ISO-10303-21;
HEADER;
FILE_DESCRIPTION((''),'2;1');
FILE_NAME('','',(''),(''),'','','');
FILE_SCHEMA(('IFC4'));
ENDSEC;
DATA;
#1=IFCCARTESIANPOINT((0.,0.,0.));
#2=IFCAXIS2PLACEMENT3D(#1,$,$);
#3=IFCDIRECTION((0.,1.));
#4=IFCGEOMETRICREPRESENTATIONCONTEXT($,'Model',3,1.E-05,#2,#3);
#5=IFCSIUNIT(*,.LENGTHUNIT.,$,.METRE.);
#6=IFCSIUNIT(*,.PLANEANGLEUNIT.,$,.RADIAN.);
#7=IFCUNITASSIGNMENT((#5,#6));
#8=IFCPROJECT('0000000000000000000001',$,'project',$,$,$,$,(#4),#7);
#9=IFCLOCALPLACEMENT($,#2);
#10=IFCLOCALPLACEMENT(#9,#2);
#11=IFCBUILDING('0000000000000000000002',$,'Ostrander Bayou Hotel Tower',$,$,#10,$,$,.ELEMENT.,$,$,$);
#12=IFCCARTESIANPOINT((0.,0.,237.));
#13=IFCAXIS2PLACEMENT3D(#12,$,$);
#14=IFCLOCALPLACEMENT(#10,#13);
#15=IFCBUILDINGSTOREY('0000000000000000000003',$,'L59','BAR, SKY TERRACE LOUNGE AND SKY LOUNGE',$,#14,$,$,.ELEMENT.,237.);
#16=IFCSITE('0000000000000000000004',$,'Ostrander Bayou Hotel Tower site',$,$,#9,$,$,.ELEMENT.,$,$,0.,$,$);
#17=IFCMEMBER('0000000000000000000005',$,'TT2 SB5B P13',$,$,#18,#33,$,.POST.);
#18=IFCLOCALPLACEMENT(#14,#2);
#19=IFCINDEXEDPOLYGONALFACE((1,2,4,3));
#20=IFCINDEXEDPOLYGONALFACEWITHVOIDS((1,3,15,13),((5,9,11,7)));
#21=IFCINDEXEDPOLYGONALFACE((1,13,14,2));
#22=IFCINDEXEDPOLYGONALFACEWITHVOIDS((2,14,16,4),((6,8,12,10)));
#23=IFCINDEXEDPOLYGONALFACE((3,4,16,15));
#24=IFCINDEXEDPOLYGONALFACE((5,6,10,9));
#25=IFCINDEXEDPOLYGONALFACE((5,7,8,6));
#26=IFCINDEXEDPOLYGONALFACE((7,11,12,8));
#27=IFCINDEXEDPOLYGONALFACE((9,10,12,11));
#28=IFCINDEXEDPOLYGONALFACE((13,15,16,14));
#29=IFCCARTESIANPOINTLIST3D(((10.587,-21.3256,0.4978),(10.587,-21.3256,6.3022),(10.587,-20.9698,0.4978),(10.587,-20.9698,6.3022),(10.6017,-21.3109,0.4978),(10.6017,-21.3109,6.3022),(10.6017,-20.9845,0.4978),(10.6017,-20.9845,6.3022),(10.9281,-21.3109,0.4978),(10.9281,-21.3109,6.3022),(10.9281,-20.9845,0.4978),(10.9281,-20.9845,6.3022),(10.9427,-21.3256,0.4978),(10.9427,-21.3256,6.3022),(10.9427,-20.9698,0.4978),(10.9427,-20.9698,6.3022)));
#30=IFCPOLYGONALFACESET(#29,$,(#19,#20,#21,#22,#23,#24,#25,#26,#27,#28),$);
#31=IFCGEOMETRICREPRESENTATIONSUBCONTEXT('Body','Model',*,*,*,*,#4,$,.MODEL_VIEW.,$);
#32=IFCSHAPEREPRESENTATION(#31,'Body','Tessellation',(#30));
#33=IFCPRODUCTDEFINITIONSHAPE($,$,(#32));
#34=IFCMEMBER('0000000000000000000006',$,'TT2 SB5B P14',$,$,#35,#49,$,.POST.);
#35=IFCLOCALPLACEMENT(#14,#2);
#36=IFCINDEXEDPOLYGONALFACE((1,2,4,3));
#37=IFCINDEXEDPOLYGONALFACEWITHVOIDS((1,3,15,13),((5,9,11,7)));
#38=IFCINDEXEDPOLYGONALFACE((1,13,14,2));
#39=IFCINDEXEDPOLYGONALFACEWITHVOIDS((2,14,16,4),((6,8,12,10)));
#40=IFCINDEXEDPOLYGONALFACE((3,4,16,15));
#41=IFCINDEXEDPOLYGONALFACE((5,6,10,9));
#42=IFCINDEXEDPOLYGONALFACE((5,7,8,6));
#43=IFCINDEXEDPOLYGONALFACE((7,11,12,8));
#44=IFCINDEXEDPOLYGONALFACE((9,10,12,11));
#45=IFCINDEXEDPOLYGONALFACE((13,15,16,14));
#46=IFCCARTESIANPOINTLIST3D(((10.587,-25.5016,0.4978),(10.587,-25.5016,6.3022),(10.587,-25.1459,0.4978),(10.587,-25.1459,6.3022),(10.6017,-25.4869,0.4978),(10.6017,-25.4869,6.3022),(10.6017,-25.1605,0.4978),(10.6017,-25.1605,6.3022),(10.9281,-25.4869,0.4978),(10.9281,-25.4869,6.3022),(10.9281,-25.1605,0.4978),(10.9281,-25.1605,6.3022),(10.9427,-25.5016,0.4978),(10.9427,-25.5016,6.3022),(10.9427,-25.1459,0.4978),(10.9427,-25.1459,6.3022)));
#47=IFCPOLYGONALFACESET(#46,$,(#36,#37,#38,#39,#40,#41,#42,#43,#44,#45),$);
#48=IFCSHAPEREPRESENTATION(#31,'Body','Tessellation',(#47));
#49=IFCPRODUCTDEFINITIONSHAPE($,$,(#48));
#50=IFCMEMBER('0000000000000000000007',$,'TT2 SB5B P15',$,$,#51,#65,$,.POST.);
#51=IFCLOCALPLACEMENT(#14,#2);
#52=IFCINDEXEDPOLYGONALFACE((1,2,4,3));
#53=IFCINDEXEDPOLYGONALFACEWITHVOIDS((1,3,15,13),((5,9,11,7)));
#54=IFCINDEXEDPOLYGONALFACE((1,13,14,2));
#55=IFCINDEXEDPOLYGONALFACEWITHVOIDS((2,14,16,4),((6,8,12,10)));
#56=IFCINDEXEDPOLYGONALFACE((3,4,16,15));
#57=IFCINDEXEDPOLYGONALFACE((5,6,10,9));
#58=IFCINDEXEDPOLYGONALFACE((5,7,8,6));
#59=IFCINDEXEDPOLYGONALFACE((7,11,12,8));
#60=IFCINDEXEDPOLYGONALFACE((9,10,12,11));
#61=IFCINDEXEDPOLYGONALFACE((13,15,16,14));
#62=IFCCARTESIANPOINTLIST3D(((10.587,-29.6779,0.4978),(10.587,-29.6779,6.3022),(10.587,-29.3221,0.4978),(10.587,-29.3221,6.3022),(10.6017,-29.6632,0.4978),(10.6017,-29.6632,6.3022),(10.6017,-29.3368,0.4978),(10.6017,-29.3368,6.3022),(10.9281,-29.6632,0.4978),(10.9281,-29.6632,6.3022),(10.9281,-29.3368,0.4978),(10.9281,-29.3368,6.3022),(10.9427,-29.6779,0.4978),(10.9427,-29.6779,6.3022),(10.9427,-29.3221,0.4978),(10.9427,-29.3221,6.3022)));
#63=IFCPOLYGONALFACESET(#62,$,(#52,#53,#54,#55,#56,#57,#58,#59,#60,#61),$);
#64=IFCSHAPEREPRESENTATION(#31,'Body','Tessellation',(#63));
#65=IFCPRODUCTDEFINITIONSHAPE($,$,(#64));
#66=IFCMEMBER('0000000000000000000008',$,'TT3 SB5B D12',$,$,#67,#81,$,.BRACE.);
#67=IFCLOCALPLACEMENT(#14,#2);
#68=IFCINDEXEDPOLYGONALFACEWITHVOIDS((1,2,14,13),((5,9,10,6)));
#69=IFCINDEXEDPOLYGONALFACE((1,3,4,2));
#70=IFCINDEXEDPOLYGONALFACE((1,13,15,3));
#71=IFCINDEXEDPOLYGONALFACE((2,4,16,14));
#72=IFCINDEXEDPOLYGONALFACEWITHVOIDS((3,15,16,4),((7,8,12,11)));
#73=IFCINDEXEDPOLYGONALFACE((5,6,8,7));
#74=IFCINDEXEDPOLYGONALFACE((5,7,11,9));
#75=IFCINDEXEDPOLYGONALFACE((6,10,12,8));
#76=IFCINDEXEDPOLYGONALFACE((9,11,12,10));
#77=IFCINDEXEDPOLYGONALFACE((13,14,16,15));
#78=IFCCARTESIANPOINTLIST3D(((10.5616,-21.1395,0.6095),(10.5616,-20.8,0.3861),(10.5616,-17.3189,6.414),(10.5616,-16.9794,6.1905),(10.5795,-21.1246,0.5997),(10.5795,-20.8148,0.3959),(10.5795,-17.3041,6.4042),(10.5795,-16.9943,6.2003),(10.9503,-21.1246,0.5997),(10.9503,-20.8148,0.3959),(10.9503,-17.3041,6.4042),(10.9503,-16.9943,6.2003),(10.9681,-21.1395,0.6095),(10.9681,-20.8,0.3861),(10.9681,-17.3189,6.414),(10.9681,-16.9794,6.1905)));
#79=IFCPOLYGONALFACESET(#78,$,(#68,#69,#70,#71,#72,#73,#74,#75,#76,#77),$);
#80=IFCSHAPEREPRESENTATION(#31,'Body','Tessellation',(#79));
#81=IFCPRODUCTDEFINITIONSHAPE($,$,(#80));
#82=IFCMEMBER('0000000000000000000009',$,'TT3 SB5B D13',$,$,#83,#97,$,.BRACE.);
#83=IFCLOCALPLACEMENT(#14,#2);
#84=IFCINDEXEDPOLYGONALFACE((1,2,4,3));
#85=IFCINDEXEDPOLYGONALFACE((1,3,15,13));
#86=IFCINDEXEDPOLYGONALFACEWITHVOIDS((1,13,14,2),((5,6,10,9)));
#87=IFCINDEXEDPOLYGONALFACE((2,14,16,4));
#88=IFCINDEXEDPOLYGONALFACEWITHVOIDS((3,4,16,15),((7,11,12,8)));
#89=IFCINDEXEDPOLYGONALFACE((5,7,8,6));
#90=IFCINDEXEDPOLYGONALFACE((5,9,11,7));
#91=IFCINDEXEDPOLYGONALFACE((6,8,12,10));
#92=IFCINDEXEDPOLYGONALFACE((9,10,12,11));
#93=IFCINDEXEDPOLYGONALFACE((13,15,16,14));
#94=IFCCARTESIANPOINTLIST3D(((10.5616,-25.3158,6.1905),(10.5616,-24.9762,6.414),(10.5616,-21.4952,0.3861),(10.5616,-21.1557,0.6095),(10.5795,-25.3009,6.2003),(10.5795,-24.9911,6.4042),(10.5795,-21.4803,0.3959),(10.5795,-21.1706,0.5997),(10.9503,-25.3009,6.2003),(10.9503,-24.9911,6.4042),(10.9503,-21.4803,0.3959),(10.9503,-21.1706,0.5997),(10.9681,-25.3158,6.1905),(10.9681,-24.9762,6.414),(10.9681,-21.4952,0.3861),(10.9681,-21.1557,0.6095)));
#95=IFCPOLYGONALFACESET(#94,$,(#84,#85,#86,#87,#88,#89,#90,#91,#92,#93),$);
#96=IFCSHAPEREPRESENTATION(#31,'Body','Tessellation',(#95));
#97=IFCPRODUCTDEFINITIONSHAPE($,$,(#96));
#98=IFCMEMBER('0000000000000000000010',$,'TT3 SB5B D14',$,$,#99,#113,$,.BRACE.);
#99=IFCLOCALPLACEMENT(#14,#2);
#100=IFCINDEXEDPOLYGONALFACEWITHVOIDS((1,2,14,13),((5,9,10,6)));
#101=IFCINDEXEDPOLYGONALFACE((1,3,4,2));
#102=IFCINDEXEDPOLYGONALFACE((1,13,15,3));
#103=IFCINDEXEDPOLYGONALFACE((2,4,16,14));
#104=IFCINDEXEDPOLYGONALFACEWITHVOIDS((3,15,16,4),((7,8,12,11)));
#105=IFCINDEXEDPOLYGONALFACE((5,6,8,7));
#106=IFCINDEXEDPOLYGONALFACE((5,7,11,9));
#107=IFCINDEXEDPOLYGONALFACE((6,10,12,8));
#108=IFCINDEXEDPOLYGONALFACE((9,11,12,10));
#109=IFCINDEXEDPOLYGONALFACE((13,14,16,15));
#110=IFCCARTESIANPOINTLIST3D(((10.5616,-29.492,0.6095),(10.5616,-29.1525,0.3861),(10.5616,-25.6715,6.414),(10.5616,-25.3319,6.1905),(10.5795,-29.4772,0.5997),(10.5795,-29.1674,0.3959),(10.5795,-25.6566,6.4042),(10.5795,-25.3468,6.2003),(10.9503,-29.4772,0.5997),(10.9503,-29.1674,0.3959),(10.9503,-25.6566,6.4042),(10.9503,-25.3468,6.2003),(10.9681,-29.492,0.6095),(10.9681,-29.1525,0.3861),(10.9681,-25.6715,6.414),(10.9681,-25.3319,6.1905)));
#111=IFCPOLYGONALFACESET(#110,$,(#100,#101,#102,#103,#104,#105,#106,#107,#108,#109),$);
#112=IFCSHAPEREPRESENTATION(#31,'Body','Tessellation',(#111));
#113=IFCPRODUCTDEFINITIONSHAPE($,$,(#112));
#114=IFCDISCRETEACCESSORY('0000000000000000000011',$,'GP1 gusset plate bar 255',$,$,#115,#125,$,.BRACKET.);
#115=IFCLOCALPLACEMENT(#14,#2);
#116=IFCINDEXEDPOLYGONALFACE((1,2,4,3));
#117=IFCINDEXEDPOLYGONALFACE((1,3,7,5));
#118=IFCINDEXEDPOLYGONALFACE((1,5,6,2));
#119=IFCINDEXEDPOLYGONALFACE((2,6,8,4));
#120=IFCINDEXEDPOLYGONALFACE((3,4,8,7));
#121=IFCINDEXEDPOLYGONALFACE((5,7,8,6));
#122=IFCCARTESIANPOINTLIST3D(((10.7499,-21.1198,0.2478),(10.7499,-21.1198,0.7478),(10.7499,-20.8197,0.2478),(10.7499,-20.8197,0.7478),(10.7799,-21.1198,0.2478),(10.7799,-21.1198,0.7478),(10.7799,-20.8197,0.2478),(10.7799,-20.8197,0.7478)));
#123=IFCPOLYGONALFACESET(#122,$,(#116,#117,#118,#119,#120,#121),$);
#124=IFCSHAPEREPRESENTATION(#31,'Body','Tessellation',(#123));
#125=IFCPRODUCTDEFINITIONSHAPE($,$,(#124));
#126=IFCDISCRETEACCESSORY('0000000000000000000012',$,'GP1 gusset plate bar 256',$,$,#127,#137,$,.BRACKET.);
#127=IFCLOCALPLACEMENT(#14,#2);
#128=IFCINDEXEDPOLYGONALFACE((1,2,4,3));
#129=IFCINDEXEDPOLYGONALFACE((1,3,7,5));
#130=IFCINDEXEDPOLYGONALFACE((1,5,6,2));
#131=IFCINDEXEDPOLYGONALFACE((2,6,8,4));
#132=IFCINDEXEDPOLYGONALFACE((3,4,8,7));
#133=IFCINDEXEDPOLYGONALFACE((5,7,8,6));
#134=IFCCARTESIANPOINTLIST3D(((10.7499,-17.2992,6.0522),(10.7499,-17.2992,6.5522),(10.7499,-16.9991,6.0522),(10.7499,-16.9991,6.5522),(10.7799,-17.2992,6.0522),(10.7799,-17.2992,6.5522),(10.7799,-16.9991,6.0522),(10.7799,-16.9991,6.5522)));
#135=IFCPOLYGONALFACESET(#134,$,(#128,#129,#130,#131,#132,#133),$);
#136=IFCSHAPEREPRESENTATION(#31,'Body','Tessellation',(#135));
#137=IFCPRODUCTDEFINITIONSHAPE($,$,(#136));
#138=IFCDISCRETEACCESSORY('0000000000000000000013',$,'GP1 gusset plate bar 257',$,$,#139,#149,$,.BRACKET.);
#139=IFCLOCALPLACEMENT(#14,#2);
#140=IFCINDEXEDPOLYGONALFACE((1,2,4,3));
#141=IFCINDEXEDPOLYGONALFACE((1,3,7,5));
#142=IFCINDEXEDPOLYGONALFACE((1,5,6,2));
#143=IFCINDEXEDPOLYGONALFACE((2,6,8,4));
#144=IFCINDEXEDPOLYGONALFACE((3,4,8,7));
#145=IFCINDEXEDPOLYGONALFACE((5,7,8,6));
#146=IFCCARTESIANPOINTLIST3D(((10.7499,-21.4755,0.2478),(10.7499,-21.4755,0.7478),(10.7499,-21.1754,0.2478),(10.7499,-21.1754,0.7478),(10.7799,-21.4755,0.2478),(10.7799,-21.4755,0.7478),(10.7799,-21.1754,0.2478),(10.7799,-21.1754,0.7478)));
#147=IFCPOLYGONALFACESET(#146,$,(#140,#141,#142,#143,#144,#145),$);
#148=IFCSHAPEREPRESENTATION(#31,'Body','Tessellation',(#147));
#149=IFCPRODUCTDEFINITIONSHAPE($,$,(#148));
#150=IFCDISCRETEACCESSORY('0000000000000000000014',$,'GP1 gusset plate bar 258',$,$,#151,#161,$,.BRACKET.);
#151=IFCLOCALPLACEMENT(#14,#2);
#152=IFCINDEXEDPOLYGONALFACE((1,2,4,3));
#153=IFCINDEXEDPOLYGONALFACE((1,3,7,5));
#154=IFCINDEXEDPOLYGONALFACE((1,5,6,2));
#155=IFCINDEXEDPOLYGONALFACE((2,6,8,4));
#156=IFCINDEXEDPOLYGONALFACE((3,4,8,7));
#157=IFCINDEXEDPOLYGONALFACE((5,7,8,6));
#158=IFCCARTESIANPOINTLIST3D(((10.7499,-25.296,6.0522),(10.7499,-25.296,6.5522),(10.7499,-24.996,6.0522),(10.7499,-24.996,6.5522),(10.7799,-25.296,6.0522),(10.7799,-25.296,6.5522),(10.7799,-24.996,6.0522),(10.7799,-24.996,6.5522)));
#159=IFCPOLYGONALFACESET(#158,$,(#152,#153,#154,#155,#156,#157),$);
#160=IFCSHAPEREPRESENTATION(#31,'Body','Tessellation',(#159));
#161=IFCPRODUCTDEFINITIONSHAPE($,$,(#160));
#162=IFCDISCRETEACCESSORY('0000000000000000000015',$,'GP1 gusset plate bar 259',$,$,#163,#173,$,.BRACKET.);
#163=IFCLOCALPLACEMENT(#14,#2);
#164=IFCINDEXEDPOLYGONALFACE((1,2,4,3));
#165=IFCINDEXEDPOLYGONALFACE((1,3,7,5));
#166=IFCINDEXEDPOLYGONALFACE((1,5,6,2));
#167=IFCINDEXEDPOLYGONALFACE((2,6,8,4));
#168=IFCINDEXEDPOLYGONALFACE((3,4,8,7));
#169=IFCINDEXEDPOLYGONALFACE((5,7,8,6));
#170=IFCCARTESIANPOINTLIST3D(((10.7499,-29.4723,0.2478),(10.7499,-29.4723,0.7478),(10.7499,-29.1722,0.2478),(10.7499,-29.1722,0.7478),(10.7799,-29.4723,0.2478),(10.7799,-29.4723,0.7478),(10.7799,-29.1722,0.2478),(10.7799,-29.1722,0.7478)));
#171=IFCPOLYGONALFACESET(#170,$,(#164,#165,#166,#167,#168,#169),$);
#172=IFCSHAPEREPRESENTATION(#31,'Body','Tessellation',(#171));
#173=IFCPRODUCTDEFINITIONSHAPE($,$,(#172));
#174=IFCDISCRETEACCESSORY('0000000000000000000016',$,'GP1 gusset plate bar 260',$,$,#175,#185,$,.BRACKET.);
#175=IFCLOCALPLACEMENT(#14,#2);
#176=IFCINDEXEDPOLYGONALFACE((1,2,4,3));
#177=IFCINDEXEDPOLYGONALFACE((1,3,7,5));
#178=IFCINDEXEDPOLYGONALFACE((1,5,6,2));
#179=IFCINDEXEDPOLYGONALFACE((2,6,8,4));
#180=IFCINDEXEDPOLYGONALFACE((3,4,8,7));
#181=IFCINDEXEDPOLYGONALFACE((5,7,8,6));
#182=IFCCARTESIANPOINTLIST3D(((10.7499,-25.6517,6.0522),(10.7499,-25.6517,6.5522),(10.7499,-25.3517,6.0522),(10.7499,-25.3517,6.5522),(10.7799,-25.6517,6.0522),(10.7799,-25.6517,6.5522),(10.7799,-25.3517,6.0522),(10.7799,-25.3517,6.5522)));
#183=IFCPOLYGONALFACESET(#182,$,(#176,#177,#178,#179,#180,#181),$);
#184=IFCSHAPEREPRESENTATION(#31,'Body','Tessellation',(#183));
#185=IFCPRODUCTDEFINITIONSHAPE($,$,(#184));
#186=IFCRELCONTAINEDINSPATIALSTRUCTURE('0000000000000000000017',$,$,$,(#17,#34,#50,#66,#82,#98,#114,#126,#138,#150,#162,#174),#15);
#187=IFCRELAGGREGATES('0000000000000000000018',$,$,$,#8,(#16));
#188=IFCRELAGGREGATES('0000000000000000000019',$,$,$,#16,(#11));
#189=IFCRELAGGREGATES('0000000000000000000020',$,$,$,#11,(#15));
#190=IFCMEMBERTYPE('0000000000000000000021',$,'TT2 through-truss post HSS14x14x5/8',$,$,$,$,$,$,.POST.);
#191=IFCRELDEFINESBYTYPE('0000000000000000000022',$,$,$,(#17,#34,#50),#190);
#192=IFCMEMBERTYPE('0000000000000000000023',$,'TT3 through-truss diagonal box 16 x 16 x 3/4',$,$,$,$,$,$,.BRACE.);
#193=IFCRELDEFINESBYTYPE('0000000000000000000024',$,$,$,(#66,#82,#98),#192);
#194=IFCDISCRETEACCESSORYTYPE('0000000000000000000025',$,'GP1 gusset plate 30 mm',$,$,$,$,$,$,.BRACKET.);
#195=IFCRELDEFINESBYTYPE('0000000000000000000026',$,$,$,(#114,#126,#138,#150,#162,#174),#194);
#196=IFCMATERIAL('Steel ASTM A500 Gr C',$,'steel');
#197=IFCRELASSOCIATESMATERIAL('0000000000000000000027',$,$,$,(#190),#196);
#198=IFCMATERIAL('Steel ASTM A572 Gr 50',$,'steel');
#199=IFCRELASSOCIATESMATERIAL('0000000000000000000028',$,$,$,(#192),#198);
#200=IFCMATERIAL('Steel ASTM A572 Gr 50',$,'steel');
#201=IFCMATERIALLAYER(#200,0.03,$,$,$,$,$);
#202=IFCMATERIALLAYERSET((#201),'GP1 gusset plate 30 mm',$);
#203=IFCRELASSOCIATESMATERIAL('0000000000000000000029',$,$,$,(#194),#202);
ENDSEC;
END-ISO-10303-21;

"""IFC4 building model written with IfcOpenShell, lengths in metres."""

from ifc_helpers import new_model, si_unit, direction, frame, origin, origin_2d, place, context, subcontext, project, spatial, rectangle, hollow_rectangle, extrude, material, layer, layer_set, material_profile, profile_set, type_object, element, save


model = new_model("IFC4")

# Units and contexts
model_context = context("Model", 3, precision=1e-05, world=origin(), true_north=direction((0.0, 1.0)))
body_context = subcontext(model_context, "Body", "Model", "MODEL_VIEW")
ifc_project = project(units=[si_unit("LENGTHUNIT", "METRE"), si_unit("PLANEANGLEUNIT", "RADIAN")], contexts=[model_context])

# Site, building, storey
site_placement = place(None, origin())
site = spatial("IfcSite", under=ifc_project, at=site_placement, Name="Ostrander Bayou Hotel Tower site", CompositionType="ELEMENT", RefElevation=0.0)
building_placement = place(site_placement, origin())
building = spatial("IfcBuilding", under=site, at=building_placement, Name="Ostrander Bayou Hotel Tower", CompositionType="ELEMENT")
storey_placement = place(building_placement, frame((0.0, 0.0, 237.0)))
storey = spatial("IfcBuildingStorey", under=building, at=storey_placement, Name="L59", Description="BAR, SKY TERRACE LOUNGE AND SKY LOUNGE", CompositionType="ELEMENT", Elevation=237.0)

# Members
ifc_material_1 = material(Name="Steel ASTM A500 Gr C", Category="steel")
ifc_material_profile_1 = material_profile(ifc_material_1, hollow_rectangle(XDim=0.3557, YDim=0.3557, WallThickness=0.0146, at=origin_2d()))
ifc_profile_set_1 = profile_set([ifc_material_profile_1], Name="Steel ASTM A500 Gr C")
member_type_1 = type_object("IfcMemberType", Name="TT2 through-truss post HSS14x14x5/8", PredefinedType="POST", material=ifc_profile_set_1)
for number, where, z_axis, x_axis, name in (
    (1, (10.7649, -21.1477, 0.4978), (0.0, 0.0, 1.0), (1.0, 0.0, 0.0), "TT2 SB5B P13"),
    (2, (10.7649, -25.3237, 0.4978), (0.0, 0.0, 1.0), (1.0, 0.0, 0.0), "TT2 SB5B P14"),
    (3, (10.7649, -29.5, 0.4978), (0.0, 0.0, 1.0), (1.0, 0.0, 0.0), "TT2 SB5B P15"),
):
    element("IfcMember", number, at=place(storey_placement, frame(where, z_axis=z_axis, x_axis=x_axis)), inside=storey, type_object=member_type_1, Name=name, PredefinedType="POST", context=body_context, shape_type="SweptSolid", body=[
        extrude(hollow_rectangle(XDim=0.3557, YDim=0.3557, WallThickness=0.0146, at=origin_2d()), origin(), (0.0, 0.0, 1.0), 5.8044),
    ])
ifc_material_2 = material(Name="Steel ASTM A572 Gr 50", Category="steel")
ifc_material_profile_2 = material_profile(ifc_material_2, hollow_rectangle(XDim=0.4065, YDim=0.4065, WallThickness=0.0178, at=origin_2d()))
ifc_profile_set_2 = profile_set([ifc_material_profile_2], Name="Steel ASTM A572 Gr 50")
member_type_2 = type_object("IfcMemberType", Name="TT3 through-truss diagonal box 16 x 16 x 3/4", PredefinedType="BRACE", material=ifc_profile_set_2)
for number, where, z_axis, x_axis, name in (
    (4, (10.7649, -20.9697, 0.4978), (0.0, 0.549802, 0.835295), (-1.0, 0.0, 0.0), "TT3 SB5B D12"),
    (5, (10.7649, -21.3254, 0.4978), (0.0, -0.549802, 0.835295), (1.0, 0.0, 0.0), "TT3 SB5B D13"),
    (6, (10.7649, -29.3223, 0.4978), (0.0, 0.549802, 0.835295), (-1.0, 0.0, 0.0), "TT3 SB5B D14"),
):
    element("IfcMember", number, at=place(storey_placement, frame(where, z_axis=z_axis, x_axis=x_axis)), inside=storey, type_object=member_type_2, Name=name, PredefinedType="BRACE", context=body_context, shape_type="SweptSolid", body=[
        extrude(hollow_rectangle(XDim=0.4065, YDim=0.4065, WallThickness=0.0178, at=origin_2d()), origin(), (0.0, 0.0, 1.0), 6.949),
    ])

# Discrete accessories
ifc_material_3 = material(Name="Steel ASTM A572 Gr 50", Category="steel")
ifc_layer = layer(ifc_material_3, 0.03)
ifc_layer_set = layer_set([ifc_layer], Name="GP1 gusset plate 30 mm")
discrete_accessory_type = type_object("IfcDiscreteAccessoryType", Name="GP1 gusset plate 30 mm", PredefinedType="BRACKET", material=ifc_layer_set)
for number, where, z_axis, x_axis, name in (
    (7, (10.7649, -20.9697, 0.2478), (0.0, 0.0, 1.0), (0.0, 1.0, 0.0), "GP1 gusset plate bar 255"),
    (8, (10.7649, -17.1492, 6.0522), (0.0, 0.0, 1.0), (0.0, 1.0, 0.0), "GP1 gusset plate bar 256"),
    (9, (10.7649, -21.3254, 0.2478), (0.0, 0.0, 1.0), (0.0, -1.0, 0.0), "GP1 gusset plate bar 257"),
    (10, (10.7649, -25.146, 6.0522), (0.0, 0.0, 1.0), (0.0, -1.0, 0.0), "GP1 gusset plate bar 258"),
    (11, (10.7649, -29.3223, 0.2478), (0.0, 0.0, 1.0), (0.0, 1.0, 0.0), "GP1 gusset plate bar 259"),
    (12, (10.7649, -25.5017, 6.0522), (0.0, 0.0, 1.0), (0.0, 1.0, 0.0), "GP1 gusset plate bar 260"),
):
    element("IfcDiscreteAccessory", number, at=place(storey_placement, frame(where, z_axis=z_axis, x_axis=x_axis)), inside=storey, type_object=discrete_accessory_type, Name=name, PredefinedType="BRACKET", context=body_context, shape_type="SweptSolid", body=[
        extrude(rectangle(XDim=0.3, YDim=0.03, at=origin_2d()), origin(), (0.0, 0.0, 1.0), 0.5),
    ])

save(model, "model.ifc")
